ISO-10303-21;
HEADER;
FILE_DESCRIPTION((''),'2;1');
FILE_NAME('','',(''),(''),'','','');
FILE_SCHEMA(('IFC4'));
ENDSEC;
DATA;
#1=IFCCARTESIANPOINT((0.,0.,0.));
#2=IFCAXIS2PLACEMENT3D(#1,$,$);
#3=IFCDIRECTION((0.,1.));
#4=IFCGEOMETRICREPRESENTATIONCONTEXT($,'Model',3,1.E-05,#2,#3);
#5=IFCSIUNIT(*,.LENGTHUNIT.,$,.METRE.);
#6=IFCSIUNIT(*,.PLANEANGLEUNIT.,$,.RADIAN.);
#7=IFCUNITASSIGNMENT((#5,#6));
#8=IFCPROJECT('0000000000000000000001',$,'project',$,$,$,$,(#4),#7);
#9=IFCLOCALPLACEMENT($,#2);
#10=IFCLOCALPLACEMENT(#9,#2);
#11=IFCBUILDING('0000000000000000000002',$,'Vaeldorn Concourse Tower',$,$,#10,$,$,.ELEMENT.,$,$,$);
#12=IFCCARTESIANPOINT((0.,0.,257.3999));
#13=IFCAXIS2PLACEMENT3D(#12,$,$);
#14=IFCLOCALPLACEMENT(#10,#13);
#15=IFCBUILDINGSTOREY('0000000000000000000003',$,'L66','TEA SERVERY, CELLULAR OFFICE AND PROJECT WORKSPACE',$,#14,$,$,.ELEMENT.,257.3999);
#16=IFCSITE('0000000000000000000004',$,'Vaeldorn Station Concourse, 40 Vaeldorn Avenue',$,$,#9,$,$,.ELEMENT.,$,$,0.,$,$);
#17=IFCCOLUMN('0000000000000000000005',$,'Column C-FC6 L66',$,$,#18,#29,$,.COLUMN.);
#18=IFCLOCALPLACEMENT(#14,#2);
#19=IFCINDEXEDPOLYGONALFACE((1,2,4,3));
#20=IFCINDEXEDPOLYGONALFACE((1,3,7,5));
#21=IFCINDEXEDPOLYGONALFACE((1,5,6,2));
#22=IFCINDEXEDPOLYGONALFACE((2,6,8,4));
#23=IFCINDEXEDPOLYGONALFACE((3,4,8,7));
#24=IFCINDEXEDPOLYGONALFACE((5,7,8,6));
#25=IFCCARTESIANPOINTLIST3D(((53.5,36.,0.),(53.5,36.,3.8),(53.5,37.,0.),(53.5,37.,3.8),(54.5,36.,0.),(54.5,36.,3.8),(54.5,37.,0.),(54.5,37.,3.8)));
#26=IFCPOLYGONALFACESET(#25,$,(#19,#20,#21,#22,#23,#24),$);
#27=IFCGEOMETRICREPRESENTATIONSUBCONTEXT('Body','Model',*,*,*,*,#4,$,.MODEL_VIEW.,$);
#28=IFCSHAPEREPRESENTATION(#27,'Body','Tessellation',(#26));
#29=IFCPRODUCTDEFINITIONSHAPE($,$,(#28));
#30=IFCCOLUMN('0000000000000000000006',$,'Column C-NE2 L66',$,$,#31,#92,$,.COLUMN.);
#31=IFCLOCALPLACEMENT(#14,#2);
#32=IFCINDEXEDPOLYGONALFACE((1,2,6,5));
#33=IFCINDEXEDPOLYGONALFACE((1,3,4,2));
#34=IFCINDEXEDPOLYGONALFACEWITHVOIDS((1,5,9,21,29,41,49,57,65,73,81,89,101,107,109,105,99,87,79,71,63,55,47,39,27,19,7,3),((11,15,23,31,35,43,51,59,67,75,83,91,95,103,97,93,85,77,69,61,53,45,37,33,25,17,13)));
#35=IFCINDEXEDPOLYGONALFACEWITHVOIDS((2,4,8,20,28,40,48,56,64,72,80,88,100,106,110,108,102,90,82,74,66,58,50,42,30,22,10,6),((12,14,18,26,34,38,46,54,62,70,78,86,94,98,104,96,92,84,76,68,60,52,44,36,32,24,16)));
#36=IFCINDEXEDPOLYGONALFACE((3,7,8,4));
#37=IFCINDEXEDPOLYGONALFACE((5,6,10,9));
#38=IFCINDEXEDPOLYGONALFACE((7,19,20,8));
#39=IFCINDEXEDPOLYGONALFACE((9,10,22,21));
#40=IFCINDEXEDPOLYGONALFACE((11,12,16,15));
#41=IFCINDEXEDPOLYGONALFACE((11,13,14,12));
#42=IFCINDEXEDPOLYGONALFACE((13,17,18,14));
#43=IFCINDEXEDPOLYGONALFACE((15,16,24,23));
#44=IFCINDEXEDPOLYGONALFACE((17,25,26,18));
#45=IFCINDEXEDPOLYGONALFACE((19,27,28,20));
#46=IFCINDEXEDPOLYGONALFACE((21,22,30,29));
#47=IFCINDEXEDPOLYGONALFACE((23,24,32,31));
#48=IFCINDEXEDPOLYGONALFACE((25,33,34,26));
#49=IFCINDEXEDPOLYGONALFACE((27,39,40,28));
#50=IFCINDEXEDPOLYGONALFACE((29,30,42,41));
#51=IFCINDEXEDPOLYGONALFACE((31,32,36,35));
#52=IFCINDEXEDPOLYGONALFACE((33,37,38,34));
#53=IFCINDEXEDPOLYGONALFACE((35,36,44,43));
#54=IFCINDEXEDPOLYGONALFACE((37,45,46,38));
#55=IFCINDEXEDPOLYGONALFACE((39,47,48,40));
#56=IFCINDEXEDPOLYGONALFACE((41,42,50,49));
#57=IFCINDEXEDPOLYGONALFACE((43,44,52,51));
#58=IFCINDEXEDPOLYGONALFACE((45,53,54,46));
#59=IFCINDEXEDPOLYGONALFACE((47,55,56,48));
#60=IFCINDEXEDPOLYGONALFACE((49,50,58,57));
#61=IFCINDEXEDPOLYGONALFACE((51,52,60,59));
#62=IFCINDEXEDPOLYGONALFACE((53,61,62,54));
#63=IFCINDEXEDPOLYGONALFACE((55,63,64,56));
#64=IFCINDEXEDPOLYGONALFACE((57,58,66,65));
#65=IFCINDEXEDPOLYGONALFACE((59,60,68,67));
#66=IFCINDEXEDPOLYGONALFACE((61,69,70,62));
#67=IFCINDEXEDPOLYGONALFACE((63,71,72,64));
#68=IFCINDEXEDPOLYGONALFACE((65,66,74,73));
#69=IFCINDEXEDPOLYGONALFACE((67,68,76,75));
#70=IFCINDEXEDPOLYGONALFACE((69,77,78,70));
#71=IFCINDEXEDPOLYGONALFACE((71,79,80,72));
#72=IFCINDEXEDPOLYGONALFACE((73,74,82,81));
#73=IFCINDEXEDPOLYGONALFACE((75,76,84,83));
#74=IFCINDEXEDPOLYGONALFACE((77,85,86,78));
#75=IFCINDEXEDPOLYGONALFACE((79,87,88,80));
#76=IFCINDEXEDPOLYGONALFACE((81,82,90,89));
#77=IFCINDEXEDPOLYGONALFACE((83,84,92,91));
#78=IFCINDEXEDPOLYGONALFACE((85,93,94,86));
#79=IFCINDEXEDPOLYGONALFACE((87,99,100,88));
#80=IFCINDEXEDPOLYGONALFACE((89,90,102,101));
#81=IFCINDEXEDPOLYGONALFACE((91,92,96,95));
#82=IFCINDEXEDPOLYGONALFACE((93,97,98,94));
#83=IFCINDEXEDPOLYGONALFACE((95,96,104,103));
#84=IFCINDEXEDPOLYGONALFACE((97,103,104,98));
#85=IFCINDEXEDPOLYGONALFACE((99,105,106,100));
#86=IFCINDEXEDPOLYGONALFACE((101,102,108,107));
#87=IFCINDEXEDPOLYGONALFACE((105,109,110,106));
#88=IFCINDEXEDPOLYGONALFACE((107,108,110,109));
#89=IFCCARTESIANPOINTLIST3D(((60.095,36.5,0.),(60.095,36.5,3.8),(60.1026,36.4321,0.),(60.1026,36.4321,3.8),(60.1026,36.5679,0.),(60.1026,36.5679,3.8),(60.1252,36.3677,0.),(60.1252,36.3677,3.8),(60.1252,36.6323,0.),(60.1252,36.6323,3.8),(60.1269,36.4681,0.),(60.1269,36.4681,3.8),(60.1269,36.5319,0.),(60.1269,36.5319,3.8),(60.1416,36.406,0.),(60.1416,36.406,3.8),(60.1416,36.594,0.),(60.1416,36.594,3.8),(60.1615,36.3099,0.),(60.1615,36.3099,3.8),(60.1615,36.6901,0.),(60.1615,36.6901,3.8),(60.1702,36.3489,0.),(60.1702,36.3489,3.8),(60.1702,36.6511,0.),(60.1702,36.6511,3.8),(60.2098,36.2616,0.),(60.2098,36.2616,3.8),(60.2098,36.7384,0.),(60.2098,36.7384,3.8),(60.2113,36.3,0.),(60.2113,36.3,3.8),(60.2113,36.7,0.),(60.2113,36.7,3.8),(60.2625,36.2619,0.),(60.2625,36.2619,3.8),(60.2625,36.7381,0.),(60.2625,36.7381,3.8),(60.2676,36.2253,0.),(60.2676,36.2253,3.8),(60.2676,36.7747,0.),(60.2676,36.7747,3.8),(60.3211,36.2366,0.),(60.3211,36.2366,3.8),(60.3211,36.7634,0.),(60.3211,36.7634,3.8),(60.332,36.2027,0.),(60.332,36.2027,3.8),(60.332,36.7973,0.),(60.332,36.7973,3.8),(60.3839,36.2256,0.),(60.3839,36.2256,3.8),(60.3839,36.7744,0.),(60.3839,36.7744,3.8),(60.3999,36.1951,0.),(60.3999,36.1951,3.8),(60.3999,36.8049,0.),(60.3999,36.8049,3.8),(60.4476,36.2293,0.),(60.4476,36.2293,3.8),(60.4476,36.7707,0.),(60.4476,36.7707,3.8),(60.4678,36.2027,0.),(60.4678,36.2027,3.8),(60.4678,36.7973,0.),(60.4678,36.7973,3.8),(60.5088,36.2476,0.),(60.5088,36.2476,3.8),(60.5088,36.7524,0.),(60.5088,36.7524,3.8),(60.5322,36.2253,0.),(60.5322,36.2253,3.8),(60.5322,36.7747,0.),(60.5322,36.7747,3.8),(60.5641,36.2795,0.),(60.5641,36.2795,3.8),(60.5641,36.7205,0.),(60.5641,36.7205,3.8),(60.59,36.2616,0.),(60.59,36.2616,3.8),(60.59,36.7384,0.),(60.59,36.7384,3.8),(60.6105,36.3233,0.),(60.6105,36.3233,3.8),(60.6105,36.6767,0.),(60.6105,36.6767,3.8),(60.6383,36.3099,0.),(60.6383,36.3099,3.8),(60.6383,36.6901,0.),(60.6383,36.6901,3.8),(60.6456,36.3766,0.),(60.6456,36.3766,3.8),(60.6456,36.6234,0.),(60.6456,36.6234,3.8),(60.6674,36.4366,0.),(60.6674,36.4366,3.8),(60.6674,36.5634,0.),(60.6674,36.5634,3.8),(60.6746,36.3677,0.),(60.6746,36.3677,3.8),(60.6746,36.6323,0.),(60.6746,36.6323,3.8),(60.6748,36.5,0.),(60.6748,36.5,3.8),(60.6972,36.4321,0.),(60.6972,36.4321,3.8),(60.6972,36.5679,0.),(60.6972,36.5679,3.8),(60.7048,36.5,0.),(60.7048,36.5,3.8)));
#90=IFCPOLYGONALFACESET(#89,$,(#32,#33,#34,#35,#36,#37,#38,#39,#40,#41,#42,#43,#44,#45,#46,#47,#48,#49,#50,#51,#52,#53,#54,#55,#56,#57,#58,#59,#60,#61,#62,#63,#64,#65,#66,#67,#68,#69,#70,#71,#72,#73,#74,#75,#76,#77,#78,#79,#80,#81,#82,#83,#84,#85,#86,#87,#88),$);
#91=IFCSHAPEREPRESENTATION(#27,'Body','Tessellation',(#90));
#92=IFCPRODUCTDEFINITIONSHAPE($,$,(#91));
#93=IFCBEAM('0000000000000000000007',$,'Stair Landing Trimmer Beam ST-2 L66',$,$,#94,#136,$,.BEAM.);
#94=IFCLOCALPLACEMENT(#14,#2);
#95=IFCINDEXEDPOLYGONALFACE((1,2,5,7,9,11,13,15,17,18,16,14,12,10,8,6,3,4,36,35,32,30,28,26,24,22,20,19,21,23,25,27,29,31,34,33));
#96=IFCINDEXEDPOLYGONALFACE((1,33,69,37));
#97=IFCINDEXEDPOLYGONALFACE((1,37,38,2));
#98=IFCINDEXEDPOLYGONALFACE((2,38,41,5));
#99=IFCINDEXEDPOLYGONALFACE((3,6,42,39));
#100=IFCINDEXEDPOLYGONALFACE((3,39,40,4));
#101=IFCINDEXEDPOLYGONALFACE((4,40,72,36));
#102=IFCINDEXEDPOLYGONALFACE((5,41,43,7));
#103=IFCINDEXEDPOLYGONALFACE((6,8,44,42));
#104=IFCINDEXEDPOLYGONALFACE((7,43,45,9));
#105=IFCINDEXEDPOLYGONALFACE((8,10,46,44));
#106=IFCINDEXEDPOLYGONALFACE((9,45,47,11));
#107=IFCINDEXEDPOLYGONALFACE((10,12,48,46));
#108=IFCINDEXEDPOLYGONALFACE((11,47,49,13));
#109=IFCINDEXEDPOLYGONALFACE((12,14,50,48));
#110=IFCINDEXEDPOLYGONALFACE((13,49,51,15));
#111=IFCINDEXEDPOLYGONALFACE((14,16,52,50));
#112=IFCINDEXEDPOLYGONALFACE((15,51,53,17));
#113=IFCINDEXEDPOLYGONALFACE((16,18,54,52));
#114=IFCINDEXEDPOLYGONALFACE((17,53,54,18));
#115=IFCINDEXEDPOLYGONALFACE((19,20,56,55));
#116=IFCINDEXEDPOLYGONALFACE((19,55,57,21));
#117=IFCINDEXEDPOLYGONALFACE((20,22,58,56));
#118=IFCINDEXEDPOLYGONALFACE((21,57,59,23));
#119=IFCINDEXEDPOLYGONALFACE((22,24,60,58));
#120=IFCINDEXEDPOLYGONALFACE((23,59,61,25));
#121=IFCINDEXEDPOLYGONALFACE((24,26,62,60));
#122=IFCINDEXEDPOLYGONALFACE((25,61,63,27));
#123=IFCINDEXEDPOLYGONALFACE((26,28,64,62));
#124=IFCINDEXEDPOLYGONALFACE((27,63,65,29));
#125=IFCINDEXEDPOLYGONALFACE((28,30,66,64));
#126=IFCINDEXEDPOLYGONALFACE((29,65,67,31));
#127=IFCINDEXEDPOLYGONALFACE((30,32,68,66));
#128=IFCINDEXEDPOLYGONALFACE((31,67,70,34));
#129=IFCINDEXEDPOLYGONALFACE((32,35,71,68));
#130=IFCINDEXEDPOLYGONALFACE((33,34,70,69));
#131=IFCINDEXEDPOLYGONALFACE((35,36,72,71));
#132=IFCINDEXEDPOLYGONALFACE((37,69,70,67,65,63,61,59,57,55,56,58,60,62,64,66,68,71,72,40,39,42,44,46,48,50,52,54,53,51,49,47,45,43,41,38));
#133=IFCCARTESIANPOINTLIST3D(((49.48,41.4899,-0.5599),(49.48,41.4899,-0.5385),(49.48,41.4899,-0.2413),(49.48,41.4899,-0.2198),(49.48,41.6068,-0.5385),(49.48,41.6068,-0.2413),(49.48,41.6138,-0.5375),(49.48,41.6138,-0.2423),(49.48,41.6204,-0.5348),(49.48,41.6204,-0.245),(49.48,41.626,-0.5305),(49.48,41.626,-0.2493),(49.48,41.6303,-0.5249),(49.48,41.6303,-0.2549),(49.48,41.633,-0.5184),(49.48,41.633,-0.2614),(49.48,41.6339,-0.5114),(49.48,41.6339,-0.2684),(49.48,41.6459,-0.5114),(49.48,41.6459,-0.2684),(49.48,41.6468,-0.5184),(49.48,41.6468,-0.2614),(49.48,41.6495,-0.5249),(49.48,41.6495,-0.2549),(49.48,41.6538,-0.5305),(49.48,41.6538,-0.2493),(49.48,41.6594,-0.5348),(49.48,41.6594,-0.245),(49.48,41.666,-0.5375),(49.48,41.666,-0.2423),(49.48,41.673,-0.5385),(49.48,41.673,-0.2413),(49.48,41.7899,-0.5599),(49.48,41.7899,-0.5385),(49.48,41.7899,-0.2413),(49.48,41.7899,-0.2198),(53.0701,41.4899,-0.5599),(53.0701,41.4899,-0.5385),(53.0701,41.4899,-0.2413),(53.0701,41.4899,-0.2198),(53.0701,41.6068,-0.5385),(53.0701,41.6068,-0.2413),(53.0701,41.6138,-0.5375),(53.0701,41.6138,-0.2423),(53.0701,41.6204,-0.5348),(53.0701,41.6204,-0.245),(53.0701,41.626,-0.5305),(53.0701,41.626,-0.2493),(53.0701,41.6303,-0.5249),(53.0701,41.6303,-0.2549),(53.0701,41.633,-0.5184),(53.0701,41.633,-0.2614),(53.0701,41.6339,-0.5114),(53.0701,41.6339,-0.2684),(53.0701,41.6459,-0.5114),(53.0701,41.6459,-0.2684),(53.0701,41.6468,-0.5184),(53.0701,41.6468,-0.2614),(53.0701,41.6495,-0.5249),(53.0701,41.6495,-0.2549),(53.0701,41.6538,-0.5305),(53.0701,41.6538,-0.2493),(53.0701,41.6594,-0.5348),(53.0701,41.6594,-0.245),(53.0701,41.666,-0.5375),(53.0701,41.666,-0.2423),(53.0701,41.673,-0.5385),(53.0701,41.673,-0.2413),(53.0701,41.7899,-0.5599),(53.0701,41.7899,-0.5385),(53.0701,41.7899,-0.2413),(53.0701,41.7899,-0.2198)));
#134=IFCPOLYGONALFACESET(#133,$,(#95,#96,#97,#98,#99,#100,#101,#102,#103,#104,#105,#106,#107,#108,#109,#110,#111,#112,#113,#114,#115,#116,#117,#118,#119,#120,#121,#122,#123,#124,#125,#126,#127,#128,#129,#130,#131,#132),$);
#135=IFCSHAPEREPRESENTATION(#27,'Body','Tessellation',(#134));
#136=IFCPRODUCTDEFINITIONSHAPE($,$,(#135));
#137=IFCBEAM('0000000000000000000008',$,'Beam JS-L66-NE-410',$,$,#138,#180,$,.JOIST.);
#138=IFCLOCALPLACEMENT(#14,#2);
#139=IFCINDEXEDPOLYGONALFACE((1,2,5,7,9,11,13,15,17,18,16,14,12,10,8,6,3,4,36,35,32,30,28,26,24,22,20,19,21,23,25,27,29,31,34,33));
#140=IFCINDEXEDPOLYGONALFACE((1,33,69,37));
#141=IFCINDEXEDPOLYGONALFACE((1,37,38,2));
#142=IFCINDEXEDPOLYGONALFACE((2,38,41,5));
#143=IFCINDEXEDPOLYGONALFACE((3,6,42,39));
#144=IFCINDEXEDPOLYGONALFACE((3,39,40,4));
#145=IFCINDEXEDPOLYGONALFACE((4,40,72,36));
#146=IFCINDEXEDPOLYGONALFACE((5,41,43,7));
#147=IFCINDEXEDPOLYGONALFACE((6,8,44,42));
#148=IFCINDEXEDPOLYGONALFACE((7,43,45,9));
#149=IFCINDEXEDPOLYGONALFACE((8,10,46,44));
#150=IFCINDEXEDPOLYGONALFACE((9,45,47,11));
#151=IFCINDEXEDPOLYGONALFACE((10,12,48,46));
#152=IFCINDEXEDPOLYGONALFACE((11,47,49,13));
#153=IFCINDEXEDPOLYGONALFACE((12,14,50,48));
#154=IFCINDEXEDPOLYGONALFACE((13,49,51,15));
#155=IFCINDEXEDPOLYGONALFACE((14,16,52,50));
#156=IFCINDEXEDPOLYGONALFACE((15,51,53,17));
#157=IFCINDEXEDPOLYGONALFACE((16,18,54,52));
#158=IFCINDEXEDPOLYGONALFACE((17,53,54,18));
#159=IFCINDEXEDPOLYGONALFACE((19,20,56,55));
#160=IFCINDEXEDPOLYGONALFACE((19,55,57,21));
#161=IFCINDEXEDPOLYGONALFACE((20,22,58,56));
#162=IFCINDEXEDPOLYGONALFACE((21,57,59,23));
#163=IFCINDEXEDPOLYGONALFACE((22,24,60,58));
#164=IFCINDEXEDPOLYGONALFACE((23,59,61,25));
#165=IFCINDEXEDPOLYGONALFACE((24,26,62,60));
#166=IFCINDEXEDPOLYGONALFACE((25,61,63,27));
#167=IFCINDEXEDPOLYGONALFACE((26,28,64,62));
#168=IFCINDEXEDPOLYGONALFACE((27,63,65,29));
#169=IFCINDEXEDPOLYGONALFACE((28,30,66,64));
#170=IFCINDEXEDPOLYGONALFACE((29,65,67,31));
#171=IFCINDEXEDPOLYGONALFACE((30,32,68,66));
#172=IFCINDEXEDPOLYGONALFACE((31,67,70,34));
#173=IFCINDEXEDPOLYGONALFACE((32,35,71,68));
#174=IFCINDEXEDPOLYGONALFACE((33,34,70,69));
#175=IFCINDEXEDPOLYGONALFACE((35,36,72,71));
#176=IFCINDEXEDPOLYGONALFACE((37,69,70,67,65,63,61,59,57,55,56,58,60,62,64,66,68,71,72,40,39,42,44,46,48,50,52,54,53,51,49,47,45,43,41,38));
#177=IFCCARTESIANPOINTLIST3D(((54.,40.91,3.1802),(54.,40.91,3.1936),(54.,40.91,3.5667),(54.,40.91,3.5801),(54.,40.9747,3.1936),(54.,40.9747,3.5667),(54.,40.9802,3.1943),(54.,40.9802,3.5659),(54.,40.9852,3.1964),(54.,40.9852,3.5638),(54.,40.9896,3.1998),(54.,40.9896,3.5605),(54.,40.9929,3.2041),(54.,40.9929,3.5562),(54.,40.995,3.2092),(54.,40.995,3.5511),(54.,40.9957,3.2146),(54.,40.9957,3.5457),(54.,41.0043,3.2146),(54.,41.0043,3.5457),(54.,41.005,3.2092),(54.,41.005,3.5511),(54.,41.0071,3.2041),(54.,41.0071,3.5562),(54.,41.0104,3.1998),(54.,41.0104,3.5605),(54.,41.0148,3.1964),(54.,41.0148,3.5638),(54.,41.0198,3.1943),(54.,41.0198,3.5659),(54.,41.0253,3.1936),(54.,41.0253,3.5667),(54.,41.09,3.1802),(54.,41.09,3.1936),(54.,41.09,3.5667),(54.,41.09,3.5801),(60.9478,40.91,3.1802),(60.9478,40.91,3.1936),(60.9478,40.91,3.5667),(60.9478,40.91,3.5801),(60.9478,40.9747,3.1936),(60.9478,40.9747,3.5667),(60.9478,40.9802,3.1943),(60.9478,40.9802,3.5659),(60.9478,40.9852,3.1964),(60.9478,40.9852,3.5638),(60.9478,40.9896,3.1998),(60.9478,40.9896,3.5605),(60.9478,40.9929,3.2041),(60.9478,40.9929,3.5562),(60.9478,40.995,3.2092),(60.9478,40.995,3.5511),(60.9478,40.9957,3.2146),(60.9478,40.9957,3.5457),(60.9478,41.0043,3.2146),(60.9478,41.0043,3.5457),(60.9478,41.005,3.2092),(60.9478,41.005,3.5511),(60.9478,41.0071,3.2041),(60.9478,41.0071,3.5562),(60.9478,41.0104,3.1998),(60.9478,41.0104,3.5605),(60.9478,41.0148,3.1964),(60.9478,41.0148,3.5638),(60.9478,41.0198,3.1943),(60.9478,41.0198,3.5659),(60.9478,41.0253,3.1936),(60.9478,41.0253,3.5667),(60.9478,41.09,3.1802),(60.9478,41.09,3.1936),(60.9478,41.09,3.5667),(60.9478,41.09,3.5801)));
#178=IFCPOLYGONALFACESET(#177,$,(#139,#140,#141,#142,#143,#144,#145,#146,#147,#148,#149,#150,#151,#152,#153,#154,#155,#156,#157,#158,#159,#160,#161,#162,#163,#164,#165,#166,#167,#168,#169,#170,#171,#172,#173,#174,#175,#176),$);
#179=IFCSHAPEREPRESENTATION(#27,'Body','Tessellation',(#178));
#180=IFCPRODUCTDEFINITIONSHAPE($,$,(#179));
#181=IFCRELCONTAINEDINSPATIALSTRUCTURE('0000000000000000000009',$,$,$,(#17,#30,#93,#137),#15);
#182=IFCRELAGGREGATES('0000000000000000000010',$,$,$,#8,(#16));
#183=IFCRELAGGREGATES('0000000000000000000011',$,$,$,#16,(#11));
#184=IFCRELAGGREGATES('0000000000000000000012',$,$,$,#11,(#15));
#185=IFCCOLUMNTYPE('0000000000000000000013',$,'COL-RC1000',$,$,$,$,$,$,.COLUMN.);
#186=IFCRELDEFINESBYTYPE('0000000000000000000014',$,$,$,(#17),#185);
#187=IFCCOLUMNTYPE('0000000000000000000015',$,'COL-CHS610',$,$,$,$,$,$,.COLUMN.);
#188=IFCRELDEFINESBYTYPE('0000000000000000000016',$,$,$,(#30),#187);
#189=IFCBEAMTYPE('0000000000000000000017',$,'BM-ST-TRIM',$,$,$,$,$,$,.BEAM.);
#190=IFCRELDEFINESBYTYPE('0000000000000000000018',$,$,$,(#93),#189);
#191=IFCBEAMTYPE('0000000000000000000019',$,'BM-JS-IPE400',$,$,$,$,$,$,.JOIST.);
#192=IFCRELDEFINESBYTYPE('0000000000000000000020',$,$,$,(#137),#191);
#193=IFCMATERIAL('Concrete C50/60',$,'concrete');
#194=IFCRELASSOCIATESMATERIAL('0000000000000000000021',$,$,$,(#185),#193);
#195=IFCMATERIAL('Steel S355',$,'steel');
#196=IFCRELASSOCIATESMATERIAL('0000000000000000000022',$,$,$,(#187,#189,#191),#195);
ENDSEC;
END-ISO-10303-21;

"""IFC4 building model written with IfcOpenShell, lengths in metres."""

from ifc_helpers import new_model, si_unit, direction, frame, origin, origin_2d, place, context, subcontext, project, spatial, rectangle, hollow_circle, i_section, extrude, source, transform, mapped, material, material_profile, profile_set, type_object, element, save


model = new_model("IFC4")

# Units and contexts
model_context = context("Model", 3, precision=1e-05, world=origin(), true_north=direction((0.0, 1.0)))
body_context = subcontext(model_context, "Body", "Model", "MODEL_VIEW")
ifc_project = project(units=[si_unit("LENGTHUNIT", "METRE"), si_unit("PLANEANGLEUNIT", "RADIAN")], contexts=[model_context])

# Site, building, storey
site_placement = place(None, origin())
site = spatial("IfcSite", under=ifc_project, at=site_placement, Name="Vaeldorn Station Concourse, 40 Vaeldorn Avenue", CompositionType="ELEMENT", RefElevation=0.0)
building_placement = place(site_placement, origin())
building = spatial("IfcBuilding", under=site, at=building_placement, Name="Vaeldorn Concourse Tower", CompositionType="ELEMENT")
storey_placement = place(building_placement, frame((0.0, 0.0, 257.3999)))
storey = spatial("IfcBuildingStorey", under=building, at=storey_placement, Name="L66", Description="TEA SERVERY, CELLULAR OFFICE AND PROJECT WORKSPACE", CompositionType="ELEMENT", Elevation=257.3999)

# Columns
ifc_material_1 = material(Name="Concrete C50/60", Category="concrete")
ifc_material_profile_1 = material_profile(ifc_material_1, rectangle(XDim=1.0, YDim=1.0, at=origin_2d()), Name="RC 1000x1000")
ifc_profile_set_1 = profile_set([ifc_material_profile_1], Name="Concrete C50/60")
column_type_1 = type_object("IfcColumnType", Name="COL-RC1000", PredefinedType="COLUMN", material=ifc_profile_set_1)
shared_shape_1 = source(origin(), body_context, "Body", "SweptSolid", [
    extrude(rectangle(XDim=1.0, YDim=1.0, at=origin_2d()), origin(), (0.0, 0.0, 1.0), 3.8),
])
column_1_placement = place(storey_placement, frame((54.0, 36.5, 0.0), z_axis=(0.0, 0.0, 1.0), x_axis=(1.0, 0.0, 0.0)))
element("IfcColumn", 1, at=column_1_placement, inside=storey, type_object=column_type_1, Name="Column C-FC6 L66", PredefinedType="COLUMN", context=body_context, shape_type="MappedRepresentation", body=[
    mapped(shared_shape_1, transform((0.0, 0.0, 0.0), scale=1.0)),
])
ifc_material_2 = material(Name="Steel S355", Category="steel")
ifc_material_profile_2 = material_profile(ifc_material_2, hollow_circle(Radius=0.3049, WallThickness=0.03, at=origin_2d()), Name="CHS 610x30")
ifc_profile_set_2 = profile_set([ifc_material_profile_2], Name="Steel S355")
column_type_2 = type_object("IfcColumnType", Name="COL-CHS610", PredefinedType="COLUMN", material=ifc_profile_set_2)
shared_shape_2 = source(origin(), body_context, "Body", "SweptSolid", [
    extrude(hollow_circle(Radius=0.3049, WallThickness=0.03, at=origin_2d()), origin(), (0.0, 0.0, 1.0), 3.8),
])
column_2_placement = place(storey_placement, frame((60.3999, 36.5, 0.0), z_axis=(0.0, 0.0, 1.0), x_axis=(1.0, 0.0, 0.0)))
element("IfcColumn", 2, at=column_2_placement, inside=storey, type_object=column_type_2, Name="Column C-NE2 L66", PredefinedType="COLUMN", context=body_context, shape_type="MappedRepresentation", body=[
    mapped(shared_shape_2, transform((0.0, 0.0, 0.0), scale=1.0)),
])

# Beams
ifc_material_profile_3 = material_profile(ifc_material_2, i_section(OverallWidth=0.3, OverallDepth=0.3401, WebThickness=0.012, FlangeThickness=0.0215, FilletRadius=0.0271, at=origin_2d()), Name="HEB 340")
ifc_profile_set_3 = profile_set([ifc_material_profile_3], Name="Steel S355")
beam_type_1 = type_object("IfcBeamType", Name="BM-ST-TRIM", PredefinedType="BEAM", material=ifc_profile_set_3)
shared_shape_3 = source(origin(), body_context, "Body", "SweptSolid", [
    extrude(i_section(OverallWidth=0.3, OverallDepth=0.3401, WebThickness=0.012, FlangeThickness=0.0215, FilletRadius=0.0271, at=origin_2d()), origin(), (0.0, 0.0, 1.0), 3.5901),
])
beam_1_placement = place(storey_placement, frame((49.48, 41.6399, -0.3899), z_axis=(1.0, 0.0, 0.0), x_axis=(0.0, 1.0, 0.0)))
element("IfcBeam", 3, at=beam_1_placement, inside=storey, type_object=beam_type_1, Name="Stair Landing Trimmer Beam ST-2 L66", PredefinedType="BEAM", context=body_context, shape_type="MappedRepresentation", body=[
    mapped(shared_shape_3, transform((0.0, 0.0, 0.0), scale=1.0)),
])
ifc_material_profile_4 = material_profile(ifc_material_2, i_section(OverallWidth=0.1799, OverallDepth=0.3999, WebThickness=0.0085, FlangeThickness=0.0134, FilletRadius=0.021, at=origin_2d()), Name="IPE 400")
ifc_profile_set_4 = profile_set([ifc_material_profile_4], Name="Steel S355")
beam_type_2 = type_object("IfcBeamType", Name="BM-JS-IPE400", PredefinedType="JOIST", material=ifc_profile_set_4)
shared_shape_4 = source(origin(), body_context, "Body", "SweptSolid", [
    extrude(i_section(OverallWidth=0.1799, OverallDepth=0.3999, WebThickness=0.0085, FlangeThickness=0.0134, FilletRadius=0.021, at=origin_2d()), origin(), (0.0, 0.0, 1.0), 6.9478),
])
beam_2_placement = place(storey_placement, frame((54.0, 41.0, 3.3801), z_axis=(1.0, 0.0, 0.0), x_axis=(0.0, 1.0, 0.0)))
element("IfcBeam", 4, at=beam_2_placement, inside=storey, type_object=beam_type_2, Name="Beam JS-L66-NE-410", PredefinedType="JOIST", context=body_context, shape_type="MappedRepresentation", body=[
    mapped(shared_shape_4, transform((0.0, 0.0, 0.0), scale=1.0)),
])

save(model, "model.ifc")
